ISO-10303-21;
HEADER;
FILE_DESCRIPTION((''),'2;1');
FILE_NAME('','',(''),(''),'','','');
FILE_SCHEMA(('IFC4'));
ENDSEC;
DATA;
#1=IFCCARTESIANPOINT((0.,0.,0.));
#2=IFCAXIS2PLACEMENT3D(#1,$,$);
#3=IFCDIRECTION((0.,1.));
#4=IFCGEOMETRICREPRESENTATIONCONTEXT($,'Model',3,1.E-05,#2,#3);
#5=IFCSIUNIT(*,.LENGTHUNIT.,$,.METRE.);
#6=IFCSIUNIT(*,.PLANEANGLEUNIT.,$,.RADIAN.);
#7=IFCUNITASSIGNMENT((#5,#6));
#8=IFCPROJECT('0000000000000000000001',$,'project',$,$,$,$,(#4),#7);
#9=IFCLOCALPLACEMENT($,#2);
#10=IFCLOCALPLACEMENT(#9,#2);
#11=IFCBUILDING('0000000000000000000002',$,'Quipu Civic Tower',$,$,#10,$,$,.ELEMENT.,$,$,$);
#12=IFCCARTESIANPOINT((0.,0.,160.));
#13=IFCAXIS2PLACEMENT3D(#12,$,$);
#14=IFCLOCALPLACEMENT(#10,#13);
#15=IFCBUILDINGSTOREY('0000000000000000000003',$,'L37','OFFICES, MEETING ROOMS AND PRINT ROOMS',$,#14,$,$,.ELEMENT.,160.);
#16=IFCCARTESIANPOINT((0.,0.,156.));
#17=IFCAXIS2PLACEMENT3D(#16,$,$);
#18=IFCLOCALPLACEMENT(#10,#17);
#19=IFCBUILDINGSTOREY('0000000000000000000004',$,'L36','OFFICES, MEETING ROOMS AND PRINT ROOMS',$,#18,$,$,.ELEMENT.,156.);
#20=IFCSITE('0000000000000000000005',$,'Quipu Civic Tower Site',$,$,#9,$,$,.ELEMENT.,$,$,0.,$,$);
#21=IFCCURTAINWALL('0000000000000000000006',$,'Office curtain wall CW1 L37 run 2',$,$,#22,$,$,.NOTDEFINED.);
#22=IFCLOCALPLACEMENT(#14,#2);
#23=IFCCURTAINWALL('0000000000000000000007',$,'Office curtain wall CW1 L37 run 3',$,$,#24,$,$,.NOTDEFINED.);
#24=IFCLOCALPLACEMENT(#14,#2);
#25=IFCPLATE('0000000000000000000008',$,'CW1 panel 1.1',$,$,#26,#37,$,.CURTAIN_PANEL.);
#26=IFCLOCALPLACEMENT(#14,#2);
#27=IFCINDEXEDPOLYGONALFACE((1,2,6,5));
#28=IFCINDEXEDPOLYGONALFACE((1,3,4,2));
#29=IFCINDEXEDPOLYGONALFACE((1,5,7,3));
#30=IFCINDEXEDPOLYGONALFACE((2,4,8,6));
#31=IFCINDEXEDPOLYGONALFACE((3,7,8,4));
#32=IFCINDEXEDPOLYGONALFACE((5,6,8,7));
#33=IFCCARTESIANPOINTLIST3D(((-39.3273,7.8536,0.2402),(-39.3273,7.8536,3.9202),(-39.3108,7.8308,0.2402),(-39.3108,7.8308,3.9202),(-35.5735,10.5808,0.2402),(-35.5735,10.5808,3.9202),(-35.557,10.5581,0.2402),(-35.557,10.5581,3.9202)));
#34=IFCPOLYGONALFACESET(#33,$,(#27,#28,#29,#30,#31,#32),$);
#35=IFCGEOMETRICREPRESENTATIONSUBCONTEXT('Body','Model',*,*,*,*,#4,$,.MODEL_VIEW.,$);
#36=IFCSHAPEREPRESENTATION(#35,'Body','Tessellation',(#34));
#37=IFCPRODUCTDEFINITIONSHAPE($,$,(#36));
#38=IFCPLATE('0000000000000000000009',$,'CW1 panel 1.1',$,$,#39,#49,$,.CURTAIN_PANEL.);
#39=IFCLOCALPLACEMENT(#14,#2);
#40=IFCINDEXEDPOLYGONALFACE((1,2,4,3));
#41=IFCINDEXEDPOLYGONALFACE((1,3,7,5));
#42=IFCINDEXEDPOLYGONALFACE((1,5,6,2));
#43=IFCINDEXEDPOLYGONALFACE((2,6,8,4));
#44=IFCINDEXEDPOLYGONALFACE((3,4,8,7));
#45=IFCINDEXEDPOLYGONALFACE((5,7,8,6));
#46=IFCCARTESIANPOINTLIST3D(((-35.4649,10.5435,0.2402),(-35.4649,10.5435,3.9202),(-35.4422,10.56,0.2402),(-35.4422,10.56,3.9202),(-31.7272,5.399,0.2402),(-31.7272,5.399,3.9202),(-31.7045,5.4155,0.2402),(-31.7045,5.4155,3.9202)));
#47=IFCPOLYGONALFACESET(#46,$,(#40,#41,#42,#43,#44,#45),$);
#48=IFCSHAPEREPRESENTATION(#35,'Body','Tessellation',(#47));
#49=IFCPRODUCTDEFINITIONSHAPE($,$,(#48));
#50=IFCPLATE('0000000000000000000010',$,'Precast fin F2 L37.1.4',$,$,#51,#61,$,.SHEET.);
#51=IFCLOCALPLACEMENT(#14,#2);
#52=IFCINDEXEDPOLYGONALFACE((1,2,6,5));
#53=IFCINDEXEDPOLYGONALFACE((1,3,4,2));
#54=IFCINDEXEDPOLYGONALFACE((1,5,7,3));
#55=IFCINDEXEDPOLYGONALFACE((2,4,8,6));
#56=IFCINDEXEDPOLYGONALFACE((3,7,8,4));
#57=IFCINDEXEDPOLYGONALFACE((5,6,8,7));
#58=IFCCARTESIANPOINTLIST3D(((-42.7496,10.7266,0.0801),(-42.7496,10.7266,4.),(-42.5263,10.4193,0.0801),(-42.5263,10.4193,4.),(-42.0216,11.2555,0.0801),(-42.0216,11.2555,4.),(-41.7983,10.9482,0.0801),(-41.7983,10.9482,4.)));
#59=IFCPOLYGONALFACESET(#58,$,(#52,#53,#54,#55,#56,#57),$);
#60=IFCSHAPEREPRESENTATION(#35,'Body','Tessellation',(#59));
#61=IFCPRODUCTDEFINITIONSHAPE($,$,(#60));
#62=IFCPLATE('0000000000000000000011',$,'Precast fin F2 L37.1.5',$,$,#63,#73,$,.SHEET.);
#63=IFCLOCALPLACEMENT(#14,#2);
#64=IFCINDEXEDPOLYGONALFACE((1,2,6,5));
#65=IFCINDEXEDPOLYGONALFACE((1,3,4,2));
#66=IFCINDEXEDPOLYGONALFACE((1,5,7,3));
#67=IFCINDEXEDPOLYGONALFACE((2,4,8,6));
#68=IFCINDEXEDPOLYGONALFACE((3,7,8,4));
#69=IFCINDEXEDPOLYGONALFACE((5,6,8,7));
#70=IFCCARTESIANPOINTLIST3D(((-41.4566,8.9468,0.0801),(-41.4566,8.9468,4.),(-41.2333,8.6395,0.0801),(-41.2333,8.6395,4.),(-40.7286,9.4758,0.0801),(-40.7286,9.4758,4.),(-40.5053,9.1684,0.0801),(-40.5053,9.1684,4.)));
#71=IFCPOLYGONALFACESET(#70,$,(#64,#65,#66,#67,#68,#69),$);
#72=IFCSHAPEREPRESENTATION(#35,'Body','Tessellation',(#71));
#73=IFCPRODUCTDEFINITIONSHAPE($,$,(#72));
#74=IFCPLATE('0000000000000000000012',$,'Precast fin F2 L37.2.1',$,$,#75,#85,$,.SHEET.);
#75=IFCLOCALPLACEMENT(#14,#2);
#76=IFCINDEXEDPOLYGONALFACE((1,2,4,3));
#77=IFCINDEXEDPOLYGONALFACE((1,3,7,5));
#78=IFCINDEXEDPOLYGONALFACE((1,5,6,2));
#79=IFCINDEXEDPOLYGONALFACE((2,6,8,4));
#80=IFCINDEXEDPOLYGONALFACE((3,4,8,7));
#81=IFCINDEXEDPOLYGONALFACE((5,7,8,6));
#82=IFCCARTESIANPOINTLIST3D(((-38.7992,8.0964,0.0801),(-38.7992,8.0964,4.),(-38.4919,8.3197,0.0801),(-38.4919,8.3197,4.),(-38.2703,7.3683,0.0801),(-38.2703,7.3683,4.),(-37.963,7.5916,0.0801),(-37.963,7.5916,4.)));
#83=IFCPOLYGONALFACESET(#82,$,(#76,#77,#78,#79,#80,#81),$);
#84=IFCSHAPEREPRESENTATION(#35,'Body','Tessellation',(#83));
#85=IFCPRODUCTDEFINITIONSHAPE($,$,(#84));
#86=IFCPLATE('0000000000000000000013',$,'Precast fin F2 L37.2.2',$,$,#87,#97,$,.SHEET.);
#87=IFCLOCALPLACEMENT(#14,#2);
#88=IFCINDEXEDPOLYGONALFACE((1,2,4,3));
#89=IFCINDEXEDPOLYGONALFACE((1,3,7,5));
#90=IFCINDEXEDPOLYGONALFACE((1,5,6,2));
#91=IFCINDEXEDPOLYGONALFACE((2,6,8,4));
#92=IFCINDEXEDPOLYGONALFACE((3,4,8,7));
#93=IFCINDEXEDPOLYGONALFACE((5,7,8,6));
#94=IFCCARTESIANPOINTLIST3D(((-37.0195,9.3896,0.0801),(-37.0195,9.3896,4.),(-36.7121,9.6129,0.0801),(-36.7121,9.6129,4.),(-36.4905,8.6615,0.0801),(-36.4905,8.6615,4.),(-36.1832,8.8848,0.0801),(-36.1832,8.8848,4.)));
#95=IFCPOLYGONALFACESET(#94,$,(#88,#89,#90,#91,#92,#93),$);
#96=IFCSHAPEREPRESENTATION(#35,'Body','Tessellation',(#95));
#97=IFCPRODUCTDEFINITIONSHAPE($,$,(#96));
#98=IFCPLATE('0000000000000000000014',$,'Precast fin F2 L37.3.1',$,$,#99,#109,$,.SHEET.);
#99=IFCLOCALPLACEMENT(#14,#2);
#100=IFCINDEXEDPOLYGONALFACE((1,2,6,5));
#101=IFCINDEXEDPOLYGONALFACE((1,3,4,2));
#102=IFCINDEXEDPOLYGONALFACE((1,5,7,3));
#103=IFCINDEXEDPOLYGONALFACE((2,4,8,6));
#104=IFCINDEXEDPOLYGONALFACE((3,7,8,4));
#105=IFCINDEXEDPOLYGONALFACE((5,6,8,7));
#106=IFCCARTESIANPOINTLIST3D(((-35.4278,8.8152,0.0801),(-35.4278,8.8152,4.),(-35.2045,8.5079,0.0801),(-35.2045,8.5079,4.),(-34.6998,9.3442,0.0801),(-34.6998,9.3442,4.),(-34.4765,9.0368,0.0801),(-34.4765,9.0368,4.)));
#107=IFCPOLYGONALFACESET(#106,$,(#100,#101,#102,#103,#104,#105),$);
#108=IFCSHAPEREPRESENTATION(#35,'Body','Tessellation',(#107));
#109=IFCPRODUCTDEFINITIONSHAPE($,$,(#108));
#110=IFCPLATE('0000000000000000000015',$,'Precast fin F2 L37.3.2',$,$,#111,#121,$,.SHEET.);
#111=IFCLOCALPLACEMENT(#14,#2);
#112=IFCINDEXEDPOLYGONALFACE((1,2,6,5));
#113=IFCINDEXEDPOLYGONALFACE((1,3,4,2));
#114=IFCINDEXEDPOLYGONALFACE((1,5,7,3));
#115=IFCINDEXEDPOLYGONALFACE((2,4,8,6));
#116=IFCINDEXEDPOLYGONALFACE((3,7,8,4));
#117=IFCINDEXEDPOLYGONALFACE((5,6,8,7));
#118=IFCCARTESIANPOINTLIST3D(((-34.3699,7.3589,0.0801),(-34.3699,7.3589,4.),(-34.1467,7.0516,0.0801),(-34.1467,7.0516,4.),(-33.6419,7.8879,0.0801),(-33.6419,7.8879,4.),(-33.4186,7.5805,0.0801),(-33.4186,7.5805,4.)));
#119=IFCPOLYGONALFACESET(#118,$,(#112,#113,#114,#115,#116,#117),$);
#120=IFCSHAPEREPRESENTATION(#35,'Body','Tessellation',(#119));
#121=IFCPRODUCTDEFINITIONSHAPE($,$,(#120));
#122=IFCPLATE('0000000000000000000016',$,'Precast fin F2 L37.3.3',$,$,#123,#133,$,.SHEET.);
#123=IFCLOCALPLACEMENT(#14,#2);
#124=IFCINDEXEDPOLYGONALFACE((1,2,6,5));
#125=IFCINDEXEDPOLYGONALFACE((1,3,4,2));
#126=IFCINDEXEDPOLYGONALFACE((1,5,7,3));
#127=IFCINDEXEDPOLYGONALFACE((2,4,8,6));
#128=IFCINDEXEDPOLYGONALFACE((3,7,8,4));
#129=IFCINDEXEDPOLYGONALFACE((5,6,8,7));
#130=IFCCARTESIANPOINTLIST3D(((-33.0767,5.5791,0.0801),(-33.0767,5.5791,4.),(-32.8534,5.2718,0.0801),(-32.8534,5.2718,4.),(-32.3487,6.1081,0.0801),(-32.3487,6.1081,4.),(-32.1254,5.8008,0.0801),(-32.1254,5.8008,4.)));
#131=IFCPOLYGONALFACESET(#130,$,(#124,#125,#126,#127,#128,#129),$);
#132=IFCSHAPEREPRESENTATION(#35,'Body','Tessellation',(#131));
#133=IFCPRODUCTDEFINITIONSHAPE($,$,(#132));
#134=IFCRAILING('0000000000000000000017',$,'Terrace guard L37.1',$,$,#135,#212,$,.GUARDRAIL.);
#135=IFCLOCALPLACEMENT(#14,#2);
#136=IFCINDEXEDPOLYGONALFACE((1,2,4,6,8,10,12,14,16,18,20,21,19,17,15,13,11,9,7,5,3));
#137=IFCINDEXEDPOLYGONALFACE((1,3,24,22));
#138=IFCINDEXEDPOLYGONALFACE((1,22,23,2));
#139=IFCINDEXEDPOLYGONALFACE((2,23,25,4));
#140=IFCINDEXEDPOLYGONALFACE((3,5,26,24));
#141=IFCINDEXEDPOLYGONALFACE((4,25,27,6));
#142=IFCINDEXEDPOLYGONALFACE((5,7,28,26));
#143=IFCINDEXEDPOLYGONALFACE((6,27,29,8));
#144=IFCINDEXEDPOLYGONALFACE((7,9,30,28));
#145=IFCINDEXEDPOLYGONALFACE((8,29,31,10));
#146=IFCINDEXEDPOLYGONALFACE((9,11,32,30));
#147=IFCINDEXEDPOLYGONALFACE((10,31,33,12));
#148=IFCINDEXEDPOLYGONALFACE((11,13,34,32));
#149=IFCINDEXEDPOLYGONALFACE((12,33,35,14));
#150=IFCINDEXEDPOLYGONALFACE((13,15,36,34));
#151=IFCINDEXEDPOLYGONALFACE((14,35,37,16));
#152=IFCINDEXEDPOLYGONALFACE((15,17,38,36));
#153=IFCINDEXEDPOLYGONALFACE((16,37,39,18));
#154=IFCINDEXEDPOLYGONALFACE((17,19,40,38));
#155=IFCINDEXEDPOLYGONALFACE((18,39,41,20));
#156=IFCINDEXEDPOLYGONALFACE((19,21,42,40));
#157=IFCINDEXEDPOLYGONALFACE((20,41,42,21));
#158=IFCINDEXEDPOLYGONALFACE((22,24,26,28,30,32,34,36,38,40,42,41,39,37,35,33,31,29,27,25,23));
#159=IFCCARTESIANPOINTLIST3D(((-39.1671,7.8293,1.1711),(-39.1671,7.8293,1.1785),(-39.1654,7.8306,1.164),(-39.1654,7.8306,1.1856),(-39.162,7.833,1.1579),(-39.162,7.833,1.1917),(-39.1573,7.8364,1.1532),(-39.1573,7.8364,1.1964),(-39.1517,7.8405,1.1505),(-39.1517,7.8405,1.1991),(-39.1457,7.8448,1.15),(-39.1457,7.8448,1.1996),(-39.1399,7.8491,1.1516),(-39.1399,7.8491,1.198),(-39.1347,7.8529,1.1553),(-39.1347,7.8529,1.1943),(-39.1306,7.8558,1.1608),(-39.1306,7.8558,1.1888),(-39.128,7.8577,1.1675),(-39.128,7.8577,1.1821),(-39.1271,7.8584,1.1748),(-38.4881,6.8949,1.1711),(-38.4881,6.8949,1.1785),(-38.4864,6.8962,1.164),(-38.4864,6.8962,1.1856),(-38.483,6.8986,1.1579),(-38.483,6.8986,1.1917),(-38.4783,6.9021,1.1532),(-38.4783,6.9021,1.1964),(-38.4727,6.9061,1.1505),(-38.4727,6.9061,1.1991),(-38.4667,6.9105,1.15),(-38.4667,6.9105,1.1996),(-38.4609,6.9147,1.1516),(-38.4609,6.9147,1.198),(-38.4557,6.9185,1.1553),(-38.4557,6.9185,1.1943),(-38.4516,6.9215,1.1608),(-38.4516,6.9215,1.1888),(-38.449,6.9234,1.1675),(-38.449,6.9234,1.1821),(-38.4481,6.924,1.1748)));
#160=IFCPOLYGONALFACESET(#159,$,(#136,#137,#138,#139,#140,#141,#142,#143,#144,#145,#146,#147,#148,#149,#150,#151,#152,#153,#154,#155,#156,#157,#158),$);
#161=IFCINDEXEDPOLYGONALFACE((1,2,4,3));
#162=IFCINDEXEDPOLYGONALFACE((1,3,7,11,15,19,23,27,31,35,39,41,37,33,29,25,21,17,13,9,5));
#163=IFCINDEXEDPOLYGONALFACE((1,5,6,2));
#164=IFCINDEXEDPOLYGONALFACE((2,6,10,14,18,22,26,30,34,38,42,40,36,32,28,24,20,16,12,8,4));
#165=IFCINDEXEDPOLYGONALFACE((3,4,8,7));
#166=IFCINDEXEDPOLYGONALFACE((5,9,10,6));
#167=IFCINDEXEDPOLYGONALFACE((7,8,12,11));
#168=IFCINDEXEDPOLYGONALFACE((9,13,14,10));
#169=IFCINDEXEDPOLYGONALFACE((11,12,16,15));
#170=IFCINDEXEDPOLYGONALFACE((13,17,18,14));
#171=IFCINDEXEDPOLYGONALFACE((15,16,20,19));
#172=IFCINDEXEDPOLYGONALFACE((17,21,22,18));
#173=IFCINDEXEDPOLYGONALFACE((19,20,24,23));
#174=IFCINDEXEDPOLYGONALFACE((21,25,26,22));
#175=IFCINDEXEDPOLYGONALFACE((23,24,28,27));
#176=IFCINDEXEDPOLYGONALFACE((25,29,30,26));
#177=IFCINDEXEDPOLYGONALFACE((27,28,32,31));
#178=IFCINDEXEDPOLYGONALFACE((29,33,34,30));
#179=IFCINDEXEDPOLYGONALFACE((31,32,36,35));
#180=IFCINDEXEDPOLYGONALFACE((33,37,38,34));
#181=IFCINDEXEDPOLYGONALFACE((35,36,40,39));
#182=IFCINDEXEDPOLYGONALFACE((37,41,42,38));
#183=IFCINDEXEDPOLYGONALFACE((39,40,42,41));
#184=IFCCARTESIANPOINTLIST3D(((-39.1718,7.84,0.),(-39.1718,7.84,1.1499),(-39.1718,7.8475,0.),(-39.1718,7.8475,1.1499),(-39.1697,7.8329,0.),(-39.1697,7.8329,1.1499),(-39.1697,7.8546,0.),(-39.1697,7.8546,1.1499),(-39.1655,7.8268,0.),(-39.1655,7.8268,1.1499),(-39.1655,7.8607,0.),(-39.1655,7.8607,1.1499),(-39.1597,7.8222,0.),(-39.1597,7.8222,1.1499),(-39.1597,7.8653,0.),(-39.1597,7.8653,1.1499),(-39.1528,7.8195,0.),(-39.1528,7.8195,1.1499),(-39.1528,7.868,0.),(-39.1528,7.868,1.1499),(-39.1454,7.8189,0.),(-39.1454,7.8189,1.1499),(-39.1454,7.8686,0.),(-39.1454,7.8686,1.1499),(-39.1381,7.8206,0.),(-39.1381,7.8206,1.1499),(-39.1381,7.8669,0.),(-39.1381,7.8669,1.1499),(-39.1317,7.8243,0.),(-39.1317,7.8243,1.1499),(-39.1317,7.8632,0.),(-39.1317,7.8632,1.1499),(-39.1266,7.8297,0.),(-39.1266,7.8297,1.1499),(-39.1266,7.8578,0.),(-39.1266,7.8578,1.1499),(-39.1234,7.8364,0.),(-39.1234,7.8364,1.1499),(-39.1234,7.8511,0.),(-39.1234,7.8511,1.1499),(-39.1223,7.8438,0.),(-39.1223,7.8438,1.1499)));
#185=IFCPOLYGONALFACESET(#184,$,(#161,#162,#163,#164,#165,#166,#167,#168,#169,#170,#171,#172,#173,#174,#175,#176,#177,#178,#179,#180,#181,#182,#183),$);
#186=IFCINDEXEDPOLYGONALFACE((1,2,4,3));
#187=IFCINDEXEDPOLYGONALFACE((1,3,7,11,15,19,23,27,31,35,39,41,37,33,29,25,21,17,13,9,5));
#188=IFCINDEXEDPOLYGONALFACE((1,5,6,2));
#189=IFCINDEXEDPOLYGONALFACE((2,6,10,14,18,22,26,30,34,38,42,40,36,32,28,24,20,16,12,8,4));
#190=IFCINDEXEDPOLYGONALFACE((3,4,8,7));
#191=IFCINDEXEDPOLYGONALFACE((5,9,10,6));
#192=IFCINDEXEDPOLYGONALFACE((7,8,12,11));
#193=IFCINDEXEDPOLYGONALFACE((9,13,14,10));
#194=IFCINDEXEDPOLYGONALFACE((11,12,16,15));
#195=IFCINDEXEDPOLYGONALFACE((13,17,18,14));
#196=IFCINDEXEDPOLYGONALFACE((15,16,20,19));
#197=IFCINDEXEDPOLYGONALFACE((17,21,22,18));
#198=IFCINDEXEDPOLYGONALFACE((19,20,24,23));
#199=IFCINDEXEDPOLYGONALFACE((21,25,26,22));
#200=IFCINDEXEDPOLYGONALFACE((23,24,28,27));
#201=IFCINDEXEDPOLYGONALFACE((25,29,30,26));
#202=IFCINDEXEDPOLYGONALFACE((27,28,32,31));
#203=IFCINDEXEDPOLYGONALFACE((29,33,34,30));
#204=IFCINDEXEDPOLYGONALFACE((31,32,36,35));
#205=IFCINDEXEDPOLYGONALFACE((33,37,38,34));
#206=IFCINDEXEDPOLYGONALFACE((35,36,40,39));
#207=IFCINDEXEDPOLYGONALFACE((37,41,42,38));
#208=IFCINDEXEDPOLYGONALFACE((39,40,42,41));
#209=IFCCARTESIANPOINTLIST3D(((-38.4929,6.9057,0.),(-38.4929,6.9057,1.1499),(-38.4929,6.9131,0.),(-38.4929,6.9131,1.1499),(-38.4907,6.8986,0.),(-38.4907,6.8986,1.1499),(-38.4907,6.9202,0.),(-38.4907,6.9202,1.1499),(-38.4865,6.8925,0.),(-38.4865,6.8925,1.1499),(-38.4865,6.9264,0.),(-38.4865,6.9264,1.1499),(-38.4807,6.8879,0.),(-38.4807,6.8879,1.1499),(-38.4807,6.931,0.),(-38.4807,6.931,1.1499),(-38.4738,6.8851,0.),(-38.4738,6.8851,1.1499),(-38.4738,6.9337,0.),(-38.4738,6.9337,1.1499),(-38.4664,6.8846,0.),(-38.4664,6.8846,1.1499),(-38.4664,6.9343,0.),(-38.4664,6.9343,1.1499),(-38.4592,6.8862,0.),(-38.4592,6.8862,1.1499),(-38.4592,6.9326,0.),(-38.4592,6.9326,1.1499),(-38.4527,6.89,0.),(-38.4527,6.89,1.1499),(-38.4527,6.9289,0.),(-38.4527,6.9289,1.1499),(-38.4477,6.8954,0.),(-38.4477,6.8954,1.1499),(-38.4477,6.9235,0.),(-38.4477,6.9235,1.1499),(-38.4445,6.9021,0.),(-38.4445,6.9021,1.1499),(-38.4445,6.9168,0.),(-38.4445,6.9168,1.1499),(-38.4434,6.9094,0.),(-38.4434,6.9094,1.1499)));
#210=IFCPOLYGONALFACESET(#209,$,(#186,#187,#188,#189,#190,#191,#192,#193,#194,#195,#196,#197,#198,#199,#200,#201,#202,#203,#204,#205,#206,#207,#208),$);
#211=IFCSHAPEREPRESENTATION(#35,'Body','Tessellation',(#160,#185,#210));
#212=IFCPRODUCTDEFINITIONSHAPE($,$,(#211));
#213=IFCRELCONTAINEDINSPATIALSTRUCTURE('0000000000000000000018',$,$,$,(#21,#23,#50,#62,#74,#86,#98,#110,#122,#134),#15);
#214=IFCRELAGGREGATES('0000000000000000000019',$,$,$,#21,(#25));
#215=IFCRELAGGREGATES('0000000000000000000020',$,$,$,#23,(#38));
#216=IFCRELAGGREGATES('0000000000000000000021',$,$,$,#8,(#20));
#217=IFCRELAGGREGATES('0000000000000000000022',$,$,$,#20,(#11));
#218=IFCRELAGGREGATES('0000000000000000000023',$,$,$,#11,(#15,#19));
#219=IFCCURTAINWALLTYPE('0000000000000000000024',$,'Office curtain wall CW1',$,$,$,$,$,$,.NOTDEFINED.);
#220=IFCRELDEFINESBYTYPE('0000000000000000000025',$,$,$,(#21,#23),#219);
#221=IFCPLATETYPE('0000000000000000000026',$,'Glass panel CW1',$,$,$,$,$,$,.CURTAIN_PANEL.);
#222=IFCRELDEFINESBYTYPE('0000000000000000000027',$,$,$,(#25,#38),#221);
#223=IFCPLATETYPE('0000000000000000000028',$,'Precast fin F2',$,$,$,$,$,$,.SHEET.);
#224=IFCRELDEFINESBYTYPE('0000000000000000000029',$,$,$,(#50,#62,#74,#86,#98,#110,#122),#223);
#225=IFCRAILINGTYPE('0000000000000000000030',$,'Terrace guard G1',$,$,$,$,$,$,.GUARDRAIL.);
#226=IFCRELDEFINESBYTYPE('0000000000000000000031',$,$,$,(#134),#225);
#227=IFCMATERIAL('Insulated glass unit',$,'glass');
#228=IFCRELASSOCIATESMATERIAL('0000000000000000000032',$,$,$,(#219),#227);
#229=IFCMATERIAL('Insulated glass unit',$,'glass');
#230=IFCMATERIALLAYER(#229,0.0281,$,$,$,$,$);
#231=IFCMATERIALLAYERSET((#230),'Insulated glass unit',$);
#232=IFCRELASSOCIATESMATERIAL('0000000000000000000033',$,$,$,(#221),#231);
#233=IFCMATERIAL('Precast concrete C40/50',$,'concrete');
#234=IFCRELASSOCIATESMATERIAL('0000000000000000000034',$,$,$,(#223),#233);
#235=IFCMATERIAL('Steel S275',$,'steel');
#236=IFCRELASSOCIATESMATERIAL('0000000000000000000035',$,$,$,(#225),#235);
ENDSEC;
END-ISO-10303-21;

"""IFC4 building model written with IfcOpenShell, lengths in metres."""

from ifc_helpers import new_model, si_unit, direction, frame, origin, origin_2d, place, context, subcontext, project, spatial, rectangle, circle, extrude, material, layer, layer_set, type_object, element, aggregate, save


model = new_model("IFC4")

# Units and contexts
model_context = context("Model", 3, precision=1e-05, world=origin(), true_north=direction((0.0, 1.0)))
body_context = subcontext(model_context, "Body", "Model", "MODEL_VIEW")
ifc_project = project(units=[si_unit("LENGTHUNIT", "METRE"), si_unit("PLANEANGLEUNIT", "RADIAN")], contexts=[model_context])

# Site, building, storey
site_placement = place(None, origin())
site = spatial("IfcSite", under=ifc_project, at=site_placement, Name="Quipu Civic Tower Site", CompositionType="ELEMENT", RefElevation=0.0)
building_placement = place(site_placement, origin())
building = spatial("IfcBuilding", under=site, at=building_placement, Name="Quipu Civic Tower", CompositionType="ELEMENT")
storey_1_placement = place(building_placement, frame((0.0, 0.0, 160.0)))
storey_1 = spatial("IfcBuildingStorey", under=building, at=storey_1_placement, Name="L37", Description="OFFICES, MEETING ROOMS AND PRINT ROOMS", CompositionType="ELEMENT", Elevation=160.0)

# Shared definitions
ifc_material_1 = material(Name="Insulated glass unit", Category="glass")
curtain_wall_type = type_object("IfcCurtainWallType", Name="Office curtain wall CW1", PredefinedType="NOTDEFINED", material=ifc_material_1)

# Curtain walls
curtain_wall_1_placement = place(storey_1_placement, origin())
curtain_wall_1 = element("IfcCurtainWall", 1, at=curtain_wall_1_placement, inside=storey_1, type_object=curtain_wall_type, Name="Office curtain wall CW1 L37 run 2", PredefinedType="NOTDEFINED")
curtain_wall_2_placement = place(storey_1_placement, origin())
curtain_wall_2 = element("IfcCurtainWall", 2, at=curtain_wall_2_placement, inside=storey_1, type_object=curtain_wall_type, Name="Office curtain wall CW1 L37 run 3", PredefinedType="NOTDEFINED")

# Shared definitions
storey_2_placement = place(building_placement, frame((0.0, 0.0, 156.0)))
storey_2 = spatial("IfcBuildingStorey", under=building, at=storey_2_placement, Name="L36", Description="OFFICES, MEETING ROOMS AND PRINT ROOMS", CompositionType="ELEMENT", Elevation=156.0)

# Plates
ifc_material_2 = material(Name="Insulated glass unit", Category="glass")
ifc_layer = layer(ifc_material_2, 0.0281)
ifc_layer_set = layer_set([ifc_layer], Name="Insulated glass unit")
plate_type_1 = type_object("IfcPlateType", Name="Glass panel CW1", PredefinedType="CURTAIN_PANEL", material=ifc_layer_set)
plate_1_placement = place(storey_1_placement, frame((-37.4421, 9.2058, 0.2402), z_axis=(0.0, 0.0, 1.0), x_axis=(0.809025, 0.587774, 0.0)))
plate_1 = element("IfcPlate", 3, at=plate_1_placement, type_object=plate_type_1, Name="CW1 panel 1.1", PredefinedType="CURTAIN_PANEL", context=body_context, shape_type="SweptSolid", body=[
    extrude(rectangle(XDim=4.6399, YDim=0.0281, at=origin_2d()), origin(), (0.0, 0.0, 1.0), 3.6799),
])
aggregate(curtain_wall_1, [plate_1])
plate_2_placement = place(storey_1_placement, frame((-33.5847, 7.9795, 0.2402), z_axis=(0.0, 0.0, 1.0), x_axis=(0.587784, -0.809018, 0.0)))
plate_2 = element("IfcPlate", 4, at=plate_2_placement, type_object=plate_type_1, Name="CW1 panel 1.1", PredefinedType="CURTAIN_PANEL", context=body_context, shape_type="SweptSolid", body=[
    extrude(rectangle(XDim=6.3589, YDim=0.0281, at=origin_2d()), origin(), (0.0, 0.0, 1.0), 3.6799),
])
aggregate(curtain_wall_2, [plate_2])

# Plates
ifc_material_3 = material(Name="Precast concrete C40/50", Category="concrete")
plate_type_2 = type_object("IfcPlateType", Name="Precast fin F2", PredefinedType="SHEET", material=ifc_material_3)
for number, where, z_axis, x_axis, name in (
    (5, (-42.2739, 10.8374, 0.0801), (0.0, 0.0, 1.0), (0.587784, -0.809018, 0.0), "Precast fin F2 L37.1.4"),
    (6, (-40.981, 9.0576, 0.0801), (0.0, 0.0, 1.0), (0.587784, -0.809018, 0.0), "Precast fin F2 L37.1.5"),
    (7, (-38.3811, 7.844, 0.0801), (0.0, 0.0, 1.0), (0.809025, 0.587774, 0.0), "Precast fin F2 L37.2.1"),
    (8, (-36.6013, 9.1372, 0.0801), (0.0, 0.0, 1.0), (0.809025, 0.587774, 0.0), "Precast fin F2 L37.2.2"),
    (9, (-34.9521, 8.926, 0.0801), (0.0, 0.0, 1.0), (0.587787, -0.809016, 0.0), "Precast fin F2 L37.3.1"),
    (10, (-33.8943, 7.4697, 0.0801), (0.0, 0.0, 1.0), (0.587787, -0.809016, 0.0), "Precast fin F2 L37.3.2"),
    (11, (-32.6011, 5.6899, 0.0801), (0.0, 0.0, 1.0), (0.587787, -0.809016, 0.0), "Precast fin F2 L37.3.3"),
):
    element("IfcPlate", number, at=place(storey_1_placement, frame(where, z_axis=z_axis, x_axis=x_axis)), inside=storey_1, type_object=plate_type_2, Name=name, PredefinedType="SHEET", context=body_context, shape_type="SweptSolid", body=[
        extrude(rectangle(XDim=0.3799, YDim=0.8999, at=origin_2d()), origin(), (0.0, 0.0, 1.0), 3.9199),
    ])

# Railing
ifc_material_4 = material(Name="Steel S275", Category="steel")
railing_type = type_object("IfcRailingType", Name="Terrace guard G1", PredefinedType="GUARDRAIL", material=ifc_material_4)
railing_1_placement = place(storey_1_placement, frame((-39.1472, 7.8438, 0.0)))
element("IfcRailing", 12, at=railing_1_placement, inside=storey_1, type_object=railing_type, Name="Terrace guard L37.1", PredefinedType="GUARDRAIL", context=body_context, shape_type="SweptSolid", body=[
    extrude(circle(Radius=0.0249, at=origin_2d()), frame((0.0, 0.0, 1.1748), z_axis=(0.587857, -0.808965, 0.0), x_axis=(0.808965, 0.587857, 0.0)), (0.0, 0.0, 1.0), 1.155),
    extrude(circle(Radius=0.0249, at=origin_2d()), origin(), (0.0, 0.0, 1.0), 1.1499),
    extrude(circle(Radius=0.0249, at=origin_2d()), frame((0.679, -0.9343, 0.0)), (0.0, 0.0, 1.0), 1.1499),
])

save(model, "model.ifc")
